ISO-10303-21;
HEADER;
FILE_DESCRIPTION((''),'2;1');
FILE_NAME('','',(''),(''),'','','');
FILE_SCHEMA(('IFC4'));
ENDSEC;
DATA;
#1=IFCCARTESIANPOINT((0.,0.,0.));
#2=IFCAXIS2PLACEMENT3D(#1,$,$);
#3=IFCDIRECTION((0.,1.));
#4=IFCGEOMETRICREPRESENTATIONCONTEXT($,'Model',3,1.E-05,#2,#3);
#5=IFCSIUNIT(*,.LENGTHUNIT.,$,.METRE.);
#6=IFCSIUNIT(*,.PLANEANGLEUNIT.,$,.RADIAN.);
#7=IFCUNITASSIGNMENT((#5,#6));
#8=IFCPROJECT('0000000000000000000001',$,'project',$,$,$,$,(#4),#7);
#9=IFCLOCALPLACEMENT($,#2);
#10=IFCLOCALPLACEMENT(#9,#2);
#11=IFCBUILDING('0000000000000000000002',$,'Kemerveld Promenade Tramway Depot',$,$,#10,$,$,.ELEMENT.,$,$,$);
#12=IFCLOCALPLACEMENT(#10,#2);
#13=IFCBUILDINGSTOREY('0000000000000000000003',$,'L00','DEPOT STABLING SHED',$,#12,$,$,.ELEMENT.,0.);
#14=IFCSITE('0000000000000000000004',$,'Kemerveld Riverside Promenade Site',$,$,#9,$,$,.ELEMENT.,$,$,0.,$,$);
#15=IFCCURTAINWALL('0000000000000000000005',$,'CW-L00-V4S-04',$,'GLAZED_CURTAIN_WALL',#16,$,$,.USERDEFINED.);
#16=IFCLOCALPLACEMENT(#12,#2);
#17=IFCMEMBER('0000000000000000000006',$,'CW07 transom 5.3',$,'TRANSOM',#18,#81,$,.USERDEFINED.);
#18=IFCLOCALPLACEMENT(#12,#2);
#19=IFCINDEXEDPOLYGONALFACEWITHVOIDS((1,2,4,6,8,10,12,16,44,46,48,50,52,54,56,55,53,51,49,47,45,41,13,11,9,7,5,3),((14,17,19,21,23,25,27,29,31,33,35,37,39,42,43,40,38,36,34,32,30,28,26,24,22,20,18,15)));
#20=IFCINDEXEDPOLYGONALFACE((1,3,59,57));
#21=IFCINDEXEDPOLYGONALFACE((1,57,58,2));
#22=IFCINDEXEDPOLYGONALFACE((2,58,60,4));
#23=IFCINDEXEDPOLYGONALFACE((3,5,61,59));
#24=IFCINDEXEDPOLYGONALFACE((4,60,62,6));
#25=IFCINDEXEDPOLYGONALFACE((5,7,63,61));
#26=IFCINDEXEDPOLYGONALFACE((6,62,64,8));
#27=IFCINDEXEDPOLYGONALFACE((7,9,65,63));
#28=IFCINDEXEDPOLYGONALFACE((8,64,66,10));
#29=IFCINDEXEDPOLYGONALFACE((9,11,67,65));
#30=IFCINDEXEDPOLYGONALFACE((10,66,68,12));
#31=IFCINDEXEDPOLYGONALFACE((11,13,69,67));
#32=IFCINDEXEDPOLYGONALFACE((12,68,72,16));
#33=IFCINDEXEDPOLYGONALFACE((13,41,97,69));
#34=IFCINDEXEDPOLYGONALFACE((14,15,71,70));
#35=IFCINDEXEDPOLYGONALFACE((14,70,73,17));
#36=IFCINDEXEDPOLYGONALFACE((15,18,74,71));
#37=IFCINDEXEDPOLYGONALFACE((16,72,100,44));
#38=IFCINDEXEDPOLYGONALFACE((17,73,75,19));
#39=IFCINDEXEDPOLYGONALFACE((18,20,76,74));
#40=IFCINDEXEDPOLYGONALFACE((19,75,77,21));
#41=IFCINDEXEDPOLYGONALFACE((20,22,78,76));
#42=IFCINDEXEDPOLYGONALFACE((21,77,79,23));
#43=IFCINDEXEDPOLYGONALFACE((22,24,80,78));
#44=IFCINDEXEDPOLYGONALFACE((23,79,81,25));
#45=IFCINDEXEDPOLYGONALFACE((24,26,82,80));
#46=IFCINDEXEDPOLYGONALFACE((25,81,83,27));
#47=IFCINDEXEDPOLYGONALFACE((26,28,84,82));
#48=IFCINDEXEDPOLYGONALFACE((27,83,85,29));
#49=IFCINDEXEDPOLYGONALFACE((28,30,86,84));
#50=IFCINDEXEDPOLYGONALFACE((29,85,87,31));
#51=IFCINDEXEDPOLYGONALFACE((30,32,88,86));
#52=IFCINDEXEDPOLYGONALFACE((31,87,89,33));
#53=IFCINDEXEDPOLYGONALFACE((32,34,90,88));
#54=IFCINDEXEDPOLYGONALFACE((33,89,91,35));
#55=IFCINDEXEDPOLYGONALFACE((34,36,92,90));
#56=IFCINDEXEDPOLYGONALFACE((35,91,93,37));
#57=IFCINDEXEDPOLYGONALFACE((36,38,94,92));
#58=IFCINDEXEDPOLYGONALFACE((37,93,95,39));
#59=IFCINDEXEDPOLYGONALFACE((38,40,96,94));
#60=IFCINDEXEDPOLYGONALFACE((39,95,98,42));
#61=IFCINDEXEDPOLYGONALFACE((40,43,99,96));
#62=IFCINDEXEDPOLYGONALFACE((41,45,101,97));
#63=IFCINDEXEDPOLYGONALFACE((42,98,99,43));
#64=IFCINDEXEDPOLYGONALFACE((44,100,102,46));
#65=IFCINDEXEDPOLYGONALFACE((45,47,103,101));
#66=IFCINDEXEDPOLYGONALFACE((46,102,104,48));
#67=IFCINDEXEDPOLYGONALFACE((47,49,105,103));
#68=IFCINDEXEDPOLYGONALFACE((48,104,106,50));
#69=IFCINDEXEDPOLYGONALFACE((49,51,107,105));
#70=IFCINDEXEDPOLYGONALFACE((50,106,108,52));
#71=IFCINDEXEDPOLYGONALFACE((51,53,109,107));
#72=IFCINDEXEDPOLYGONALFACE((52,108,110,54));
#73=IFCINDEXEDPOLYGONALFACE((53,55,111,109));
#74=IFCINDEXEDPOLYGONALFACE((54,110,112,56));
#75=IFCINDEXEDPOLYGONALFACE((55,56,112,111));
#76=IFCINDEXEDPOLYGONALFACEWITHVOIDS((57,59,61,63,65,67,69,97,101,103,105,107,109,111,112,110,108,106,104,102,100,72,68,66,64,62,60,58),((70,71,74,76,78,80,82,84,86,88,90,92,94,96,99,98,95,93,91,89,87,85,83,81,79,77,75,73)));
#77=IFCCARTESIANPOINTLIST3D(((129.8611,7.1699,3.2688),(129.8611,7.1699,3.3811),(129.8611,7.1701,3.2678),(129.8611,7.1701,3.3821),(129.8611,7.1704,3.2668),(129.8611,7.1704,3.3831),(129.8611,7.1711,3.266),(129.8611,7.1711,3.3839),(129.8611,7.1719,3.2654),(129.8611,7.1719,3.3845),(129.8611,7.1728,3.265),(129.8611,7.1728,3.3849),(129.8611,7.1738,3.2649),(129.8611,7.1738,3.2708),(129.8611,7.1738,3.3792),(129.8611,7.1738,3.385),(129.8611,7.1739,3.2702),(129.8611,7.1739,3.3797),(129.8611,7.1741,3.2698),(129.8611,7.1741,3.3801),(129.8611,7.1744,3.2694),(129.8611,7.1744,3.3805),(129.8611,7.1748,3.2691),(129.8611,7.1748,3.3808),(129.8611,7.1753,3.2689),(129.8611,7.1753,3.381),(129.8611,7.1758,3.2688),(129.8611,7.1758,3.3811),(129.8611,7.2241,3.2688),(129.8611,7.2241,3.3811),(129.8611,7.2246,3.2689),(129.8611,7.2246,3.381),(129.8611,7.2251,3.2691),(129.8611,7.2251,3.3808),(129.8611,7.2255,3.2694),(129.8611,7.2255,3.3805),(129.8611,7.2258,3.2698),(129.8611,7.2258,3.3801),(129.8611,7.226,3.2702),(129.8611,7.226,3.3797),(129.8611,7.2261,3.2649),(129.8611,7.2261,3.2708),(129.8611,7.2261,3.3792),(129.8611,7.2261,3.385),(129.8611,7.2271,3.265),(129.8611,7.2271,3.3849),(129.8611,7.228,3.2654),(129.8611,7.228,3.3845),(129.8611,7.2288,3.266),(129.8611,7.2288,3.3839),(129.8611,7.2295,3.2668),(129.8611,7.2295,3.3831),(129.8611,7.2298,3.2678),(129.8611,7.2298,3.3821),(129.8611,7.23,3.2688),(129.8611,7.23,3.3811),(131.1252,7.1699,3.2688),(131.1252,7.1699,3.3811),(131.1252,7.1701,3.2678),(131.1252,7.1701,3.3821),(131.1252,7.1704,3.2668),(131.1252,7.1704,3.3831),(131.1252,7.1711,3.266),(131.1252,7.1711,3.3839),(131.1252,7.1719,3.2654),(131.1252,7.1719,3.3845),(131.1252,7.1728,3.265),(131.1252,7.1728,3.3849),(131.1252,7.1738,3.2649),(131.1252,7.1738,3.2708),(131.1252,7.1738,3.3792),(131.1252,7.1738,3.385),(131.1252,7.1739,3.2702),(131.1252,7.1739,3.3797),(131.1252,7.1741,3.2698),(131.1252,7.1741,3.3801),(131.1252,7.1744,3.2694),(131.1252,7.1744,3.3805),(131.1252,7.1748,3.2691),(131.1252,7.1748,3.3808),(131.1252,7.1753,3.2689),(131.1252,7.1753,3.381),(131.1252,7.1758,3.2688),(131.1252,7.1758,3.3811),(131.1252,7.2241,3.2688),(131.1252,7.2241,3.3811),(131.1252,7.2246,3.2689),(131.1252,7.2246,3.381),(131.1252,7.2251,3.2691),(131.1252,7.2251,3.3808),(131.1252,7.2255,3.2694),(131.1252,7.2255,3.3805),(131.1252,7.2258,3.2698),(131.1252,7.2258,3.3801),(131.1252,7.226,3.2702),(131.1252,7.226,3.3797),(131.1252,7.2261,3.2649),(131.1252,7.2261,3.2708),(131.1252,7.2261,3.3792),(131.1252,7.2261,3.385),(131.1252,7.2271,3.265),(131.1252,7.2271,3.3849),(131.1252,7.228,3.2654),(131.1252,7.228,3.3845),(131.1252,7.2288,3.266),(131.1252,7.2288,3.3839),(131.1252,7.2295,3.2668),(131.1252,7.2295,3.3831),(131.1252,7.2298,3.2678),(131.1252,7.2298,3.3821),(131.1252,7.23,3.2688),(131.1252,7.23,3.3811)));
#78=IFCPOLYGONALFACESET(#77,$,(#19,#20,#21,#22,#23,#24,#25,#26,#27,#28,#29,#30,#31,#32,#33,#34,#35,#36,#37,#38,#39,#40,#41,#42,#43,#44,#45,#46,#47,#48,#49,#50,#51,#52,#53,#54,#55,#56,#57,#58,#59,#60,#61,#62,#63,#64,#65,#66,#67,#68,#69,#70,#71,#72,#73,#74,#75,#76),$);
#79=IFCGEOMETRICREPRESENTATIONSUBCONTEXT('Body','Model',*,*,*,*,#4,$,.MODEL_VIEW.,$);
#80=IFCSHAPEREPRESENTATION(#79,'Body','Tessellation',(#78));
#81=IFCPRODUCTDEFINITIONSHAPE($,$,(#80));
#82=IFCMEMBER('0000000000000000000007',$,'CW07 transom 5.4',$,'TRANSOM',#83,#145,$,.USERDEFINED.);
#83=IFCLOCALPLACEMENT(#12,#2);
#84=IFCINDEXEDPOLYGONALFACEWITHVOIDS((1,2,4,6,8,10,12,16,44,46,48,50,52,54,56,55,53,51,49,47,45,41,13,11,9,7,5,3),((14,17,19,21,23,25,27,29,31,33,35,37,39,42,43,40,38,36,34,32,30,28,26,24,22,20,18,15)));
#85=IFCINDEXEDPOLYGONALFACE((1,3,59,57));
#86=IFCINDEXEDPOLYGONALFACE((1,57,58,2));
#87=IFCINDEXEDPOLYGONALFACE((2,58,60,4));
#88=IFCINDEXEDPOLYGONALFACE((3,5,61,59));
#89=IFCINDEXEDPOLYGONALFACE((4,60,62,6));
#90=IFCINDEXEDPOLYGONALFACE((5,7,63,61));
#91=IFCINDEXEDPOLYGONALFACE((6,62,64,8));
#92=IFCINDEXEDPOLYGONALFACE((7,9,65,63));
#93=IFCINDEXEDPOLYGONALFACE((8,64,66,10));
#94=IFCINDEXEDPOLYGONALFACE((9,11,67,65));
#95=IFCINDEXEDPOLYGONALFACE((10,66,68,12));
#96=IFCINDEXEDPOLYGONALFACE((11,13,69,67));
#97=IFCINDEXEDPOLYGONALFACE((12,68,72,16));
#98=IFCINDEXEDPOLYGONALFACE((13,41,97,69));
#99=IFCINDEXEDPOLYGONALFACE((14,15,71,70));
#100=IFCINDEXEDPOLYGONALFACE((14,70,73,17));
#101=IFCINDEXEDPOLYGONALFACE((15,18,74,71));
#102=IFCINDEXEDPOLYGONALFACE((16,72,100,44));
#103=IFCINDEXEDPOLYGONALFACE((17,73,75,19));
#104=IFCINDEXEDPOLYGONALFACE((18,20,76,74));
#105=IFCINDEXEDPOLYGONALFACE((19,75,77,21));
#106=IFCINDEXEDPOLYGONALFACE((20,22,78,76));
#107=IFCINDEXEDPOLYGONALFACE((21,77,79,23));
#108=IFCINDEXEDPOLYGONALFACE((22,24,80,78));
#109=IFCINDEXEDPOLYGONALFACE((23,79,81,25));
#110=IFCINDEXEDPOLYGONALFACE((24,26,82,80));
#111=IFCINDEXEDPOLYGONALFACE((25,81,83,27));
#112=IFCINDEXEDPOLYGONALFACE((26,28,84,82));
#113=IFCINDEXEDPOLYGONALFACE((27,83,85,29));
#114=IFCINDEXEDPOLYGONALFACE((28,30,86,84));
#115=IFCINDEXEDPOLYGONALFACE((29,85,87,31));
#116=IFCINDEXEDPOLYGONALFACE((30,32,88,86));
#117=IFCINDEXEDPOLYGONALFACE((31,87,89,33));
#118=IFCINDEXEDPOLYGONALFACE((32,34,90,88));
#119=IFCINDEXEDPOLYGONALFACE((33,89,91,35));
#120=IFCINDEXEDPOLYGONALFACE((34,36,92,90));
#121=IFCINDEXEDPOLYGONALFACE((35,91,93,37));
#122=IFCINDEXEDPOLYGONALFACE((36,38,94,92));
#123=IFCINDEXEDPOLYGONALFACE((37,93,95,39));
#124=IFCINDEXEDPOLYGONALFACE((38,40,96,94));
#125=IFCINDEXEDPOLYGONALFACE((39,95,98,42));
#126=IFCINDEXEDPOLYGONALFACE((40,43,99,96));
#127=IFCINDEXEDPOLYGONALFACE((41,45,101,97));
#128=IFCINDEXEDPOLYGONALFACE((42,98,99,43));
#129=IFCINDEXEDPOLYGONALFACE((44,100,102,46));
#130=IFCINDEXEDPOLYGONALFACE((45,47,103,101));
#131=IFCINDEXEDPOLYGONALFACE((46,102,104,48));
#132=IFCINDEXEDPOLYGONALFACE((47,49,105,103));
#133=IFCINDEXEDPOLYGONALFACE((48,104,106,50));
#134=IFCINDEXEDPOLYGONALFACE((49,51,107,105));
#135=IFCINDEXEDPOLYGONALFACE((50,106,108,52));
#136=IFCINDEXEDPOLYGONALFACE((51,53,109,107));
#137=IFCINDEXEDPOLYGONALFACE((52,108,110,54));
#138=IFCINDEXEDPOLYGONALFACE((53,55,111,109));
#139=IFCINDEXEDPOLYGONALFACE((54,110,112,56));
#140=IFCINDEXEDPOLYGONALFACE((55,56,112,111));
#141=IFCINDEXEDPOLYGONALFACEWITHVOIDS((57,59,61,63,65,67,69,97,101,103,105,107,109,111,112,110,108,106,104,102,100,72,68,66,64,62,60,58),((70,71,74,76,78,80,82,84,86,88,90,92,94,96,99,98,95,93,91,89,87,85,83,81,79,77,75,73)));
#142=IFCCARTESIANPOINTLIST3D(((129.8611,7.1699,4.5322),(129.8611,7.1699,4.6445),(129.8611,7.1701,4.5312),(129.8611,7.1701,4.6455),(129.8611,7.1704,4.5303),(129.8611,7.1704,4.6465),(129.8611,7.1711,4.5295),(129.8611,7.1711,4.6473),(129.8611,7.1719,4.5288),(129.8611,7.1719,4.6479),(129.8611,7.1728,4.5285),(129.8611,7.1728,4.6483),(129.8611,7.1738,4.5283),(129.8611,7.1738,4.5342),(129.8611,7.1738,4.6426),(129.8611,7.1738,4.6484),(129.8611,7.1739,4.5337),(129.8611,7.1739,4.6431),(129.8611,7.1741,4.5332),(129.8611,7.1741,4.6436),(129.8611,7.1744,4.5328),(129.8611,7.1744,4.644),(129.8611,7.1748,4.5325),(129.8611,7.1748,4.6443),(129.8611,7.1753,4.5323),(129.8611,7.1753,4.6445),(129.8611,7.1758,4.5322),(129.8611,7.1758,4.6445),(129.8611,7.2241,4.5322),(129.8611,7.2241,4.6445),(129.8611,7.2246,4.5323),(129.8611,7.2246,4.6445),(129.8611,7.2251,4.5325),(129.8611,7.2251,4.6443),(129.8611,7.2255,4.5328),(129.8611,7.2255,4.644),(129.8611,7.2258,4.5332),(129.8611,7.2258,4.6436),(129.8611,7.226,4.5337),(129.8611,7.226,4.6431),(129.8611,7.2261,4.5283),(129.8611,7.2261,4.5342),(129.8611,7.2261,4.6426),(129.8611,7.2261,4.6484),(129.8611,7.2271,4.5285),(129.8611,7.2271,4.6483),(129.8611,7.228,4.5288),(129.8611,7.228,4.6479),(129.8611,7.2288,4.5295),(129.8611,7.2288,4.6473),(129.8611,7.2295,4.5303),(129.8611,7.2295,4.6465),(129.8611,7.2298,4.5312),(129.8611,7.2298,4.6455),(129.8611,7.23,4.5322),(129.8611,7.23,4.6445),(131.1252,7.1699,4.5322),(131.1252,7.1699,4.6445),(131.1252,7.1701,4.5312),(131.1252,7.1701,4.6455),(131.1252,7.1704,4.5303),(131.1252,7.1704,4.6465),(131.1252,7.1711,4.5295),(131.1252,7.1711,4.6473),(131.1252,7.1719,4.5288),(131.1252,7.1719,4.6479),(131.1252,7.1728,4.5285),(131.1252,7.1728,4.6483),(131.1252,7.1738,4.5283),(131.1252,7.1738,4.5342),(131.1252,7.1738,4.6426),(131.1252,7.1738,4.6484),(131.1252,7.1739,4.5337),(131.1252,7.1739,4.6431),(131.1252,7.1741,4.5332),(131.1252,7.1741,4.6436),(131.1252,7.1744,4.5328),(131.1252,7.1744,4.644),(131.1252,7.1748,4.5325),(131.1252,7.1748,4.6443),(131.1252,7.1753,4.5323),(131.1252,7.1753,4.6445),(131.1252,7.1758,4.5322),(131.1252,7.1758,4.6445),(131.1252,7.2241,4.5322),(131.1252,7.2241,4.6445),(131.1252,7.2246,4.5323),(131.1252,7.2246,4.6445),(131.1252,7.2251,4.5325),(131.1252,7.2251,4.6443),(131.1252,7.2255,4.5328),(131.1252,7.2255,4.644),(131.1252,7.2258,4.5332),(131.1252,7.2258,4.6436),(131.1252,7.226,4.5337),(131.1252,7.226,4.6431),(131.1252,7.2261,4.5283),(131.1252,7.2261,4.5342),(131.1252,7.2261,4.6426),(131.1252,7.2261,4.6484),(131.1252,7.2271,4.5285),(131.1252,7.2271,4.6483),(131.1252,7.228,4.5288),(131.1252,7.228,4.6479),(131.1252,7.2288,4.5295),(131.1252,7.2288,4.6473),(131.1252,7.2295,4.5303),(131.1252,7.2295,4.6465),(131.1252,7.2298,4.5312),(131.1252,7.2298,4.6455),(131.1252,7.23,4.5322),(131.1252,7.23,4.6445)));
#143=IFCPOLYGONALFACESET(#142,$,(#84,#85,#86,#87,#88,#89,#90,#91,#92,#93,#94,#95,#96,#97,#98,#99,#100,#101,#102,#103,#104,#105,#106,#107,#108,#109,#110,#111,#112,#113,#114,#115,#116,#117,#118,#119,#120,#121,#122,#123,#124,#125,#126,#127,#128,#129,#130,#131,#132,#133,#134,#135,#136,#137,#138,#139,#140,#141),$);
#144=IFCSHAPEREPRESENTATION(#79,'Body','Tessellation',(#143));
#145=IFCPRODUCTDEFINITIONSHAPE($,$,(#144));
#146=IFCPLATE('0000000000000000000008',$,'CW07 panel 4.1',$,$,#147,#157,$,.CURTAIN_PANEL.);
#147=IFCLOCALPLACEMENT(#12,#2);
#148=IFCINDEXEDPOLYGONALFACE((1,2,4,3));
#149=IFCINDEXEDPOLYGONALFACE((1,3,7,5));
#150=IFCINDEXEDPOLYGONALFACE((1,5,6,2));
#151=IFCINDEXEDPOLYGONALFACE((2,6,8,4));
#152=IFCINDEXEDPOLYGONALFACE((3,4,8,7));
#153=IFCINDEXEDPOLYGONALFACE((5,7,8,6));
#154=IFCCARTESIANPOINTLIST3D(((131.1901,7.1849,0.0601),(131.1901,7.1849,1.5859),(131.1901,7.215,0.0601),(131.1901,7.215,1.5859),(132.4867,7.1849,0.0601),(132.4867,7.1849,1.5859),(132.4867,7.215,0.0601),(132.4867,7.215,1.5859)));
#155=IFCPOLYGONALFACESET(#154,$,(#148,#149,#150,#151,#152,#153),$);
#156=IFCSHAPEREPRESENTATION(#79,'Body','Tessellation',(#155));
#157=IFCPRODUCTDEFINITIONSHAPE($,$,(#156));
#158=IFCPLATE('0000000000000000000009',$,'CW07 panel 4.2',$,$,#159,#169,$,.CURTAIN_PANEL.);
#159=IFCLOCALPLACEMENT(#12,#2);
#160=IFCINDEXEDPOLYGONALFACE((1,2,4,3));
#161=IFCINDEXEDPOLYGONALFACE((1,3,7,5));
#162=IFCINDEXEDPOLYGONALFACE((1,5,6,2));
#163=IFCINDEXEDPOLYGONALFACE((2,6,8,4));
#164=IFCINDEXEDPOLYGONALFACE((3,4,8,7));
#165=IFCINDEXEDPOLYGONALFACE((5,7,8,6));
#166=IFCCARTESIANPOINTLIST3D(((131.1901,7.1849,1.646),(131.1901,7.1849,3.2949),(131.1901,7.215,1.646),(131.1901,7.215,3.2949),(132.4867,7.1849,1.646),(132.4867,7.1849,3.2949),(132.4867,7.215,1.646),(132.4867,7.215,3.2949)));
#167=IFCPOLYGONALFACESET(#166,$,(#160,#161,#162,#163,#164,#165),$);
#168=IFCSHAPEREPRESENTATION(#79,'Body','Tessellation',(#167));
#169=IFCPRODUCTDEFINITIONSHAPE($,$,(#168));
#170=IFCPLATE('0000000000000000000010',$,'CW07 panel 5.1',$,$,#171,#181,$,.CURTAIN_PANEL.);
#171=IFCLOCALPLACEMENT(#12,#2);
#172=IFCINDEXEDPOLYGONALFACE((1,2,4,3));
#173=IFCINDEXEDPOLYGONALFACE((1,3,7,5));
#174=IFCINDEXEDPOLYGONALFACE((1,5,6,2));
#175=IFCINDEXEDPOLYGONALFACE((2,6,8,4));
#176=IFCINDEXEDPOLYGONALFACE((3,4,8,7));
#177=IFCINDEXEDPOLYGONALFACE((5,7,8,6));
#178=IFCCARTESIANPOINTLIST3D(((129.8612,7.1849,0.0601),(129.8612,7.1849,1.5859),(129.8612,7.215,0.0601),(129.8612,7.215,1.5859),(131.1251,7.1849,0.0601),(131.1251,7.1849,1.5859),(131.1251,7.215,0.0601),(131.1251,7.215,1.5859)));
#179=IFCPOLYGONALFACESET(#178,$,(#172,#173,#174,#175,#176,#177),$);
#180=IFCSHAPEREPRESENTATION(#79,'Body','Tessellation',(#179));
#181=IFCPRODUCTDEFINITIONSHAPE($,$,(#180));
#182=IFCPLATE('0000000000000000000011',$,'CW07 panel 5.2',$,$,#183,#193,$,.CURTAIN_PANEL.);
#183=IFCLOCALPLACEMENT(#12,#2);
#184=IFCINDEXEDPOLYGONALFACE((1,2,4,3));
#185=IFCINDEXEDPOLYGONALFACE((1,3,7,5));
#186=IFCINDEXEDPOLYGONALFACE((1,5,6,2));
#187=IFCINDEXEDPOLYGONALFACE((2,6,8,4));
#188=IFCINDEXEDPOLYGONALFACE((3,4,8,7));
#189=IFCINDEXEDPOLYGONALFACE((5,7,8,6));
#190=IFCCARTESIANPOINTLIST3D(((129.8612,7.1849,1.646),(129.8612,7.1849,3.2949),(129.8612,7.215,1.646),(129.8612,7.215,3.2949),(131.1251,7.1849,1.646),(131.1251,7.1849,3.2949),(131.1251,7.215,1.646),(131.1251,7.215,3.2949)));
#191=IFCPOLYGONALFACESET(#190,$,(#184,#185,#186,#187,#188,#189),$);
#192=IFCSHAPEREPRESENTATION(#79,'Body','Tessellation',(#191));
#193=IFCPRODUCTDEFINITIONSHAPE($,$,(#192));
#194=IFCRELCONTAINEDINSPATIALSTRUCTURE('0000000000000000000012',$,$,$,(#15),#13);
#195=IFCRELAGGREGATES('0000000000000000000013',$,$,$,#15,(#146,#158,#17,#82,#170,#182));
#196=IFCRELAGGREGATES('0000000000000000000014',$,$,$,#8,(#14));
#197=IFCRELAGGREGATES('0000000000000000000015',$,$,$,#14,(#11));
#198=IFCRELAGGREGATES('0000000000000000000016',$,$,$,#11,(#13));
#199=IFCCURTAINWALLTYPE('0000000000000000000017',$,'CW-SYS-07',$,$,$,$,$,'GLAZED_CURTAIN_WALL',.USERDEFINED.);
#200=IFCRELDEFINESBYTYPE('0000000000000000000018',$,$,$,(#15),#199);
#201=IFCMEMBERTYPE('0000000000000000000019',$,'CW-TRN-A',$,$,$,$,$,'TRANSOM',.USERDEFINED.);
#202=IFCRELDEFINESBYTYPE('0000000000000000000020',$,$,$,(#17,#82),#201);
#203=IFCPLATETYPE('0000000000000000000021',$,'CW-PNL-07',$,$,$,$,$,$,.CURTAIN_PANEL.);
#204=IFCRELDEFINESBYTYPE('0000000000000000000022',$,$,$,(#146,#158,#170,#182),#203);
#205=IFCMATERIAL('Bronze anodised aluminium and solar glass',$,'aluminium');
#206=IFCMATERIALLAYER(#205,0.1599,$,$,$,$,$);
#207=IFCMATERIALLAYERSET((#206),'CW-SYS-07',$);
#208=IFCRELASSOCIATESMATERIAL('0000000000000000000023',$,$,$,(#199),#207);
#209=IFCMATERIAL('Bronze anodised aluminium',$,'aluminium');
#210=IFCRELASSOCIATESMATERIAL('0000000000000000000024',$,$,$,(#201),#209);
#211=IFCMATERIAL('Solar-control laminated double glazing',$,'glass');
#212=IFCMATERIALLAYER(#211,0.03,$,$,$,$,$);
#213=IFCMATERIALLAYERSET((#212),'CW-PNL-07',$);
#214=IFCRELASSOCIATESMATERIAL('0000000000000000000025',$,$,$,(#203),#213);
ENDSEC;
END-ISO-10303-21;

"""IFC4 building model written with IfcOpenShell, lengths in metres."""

from ifc_helpers import new_model, si_unit, direction, frame, origin, origin_2d, place, context, subcontext, project, spatial, rectangle, hollow_rectangle, extrude, material, layer, layer_set, material_profile, profile_set, type_object, element, aggregate, save


model = new_model("IFC4")

# Units and contexts
model_context = context("Model", 3, precision=1e-05, world=origin(), true_north=direction((0.0, 1.0)))
body_context = subcontext(model_context, "Body", "Model", "MODEL_VIEW")
ifc_project = project(units=[si_unit("LENGTHUNIT", "METRE"), si_unit("PLANEANGLEUNIT", "RADIAN")], contexts=[model_context])

# Site, building, storey
site_placement = place(None, origin())
site = spatial("IfcSite", under=ifc_project, at=site_placement, Name="Kemerveld Riverside Promenade Site", CompositionType="ELEMENT", RefElevation=0.0)
building_placement = place(site_placement, origin())
building = spatial("IfcBuilding", under=site, at=building_placement, Name="Kemerveld Promenade Tramway Depot", CompositionType="ELEMENT")
storey_placement = place(building_placement, origin())
storey = spatial("IfcBuildingStorey", under=building, at=storey_placement, Name="L00", Description="DEPOT STABLING SHED", CompositionType="ELEMENT", Elevation=0.0)

# Curtain wall, members, plates
ifc_material_1 = material(Name="Bronze anodised aluminium and solar glass", Category="aluminium")
ifc_layer_1 = layer(ifc_material_1, 0.1599)
ifc_layer_set_1 = layer_set([ifc_layer_1], Name="CW-SYS-07")
curtain_wall_type = type_object("IfcCurtainWallType", Name="CW-SYS-07", ElementType="GLAZED_CURTAIN_WALL", PredefinedType="USERDEFINED", material=ifc_layer_set_1)
curtain_wall_placement = place(storey_placement, origin())
curtain_wall = element("IfcCurtainWall", 1, at=curtain_wall_placement, inside=storey, type_object=curtain_wall_type, Name="CW-L00-V4S-04", ObjectType="GLAZED_CURTAIN_WALL", PredefinedType="USERDEFINED")
ifc_material_2 = material(Name="Bronze anodised aluminium", Category="aluminium")
ifc_material_profile_1 = material_profile(ifc_material_2, hollow_rectangle(XDim=0.0601, YDim=0.1201, WallThickness=0.0039, InnerFilletRadius=0.002, OuterFilletRadius=0.0039, at=origin_2d()), Name="CW-TRN-120x60")
ifc_profile_set_1 = profile_set([ifc_material_profile_1], Name="Bronze anodised aluminium")
member_type_1 = type_object("IfcMemberType", Name="CW-TRN-A", ElementType="TRANSOM", PredefinedType="USERDEFINED", material=ifc_profile_set_1)
member_1_placement = place(storey_placement, frame((131.1252, 7.2, 3.325), z_axis=(-1.0, 0.0, 0.0), x_axis=(0.0, -1.0, 0.0)))
member_1 = element("IfcMember", 2, at=member_1_placement, type_object=member_type_1, Name="CW07 transom 5.3", ObjectType="TRANSOM", PredefinedType="USERDEFINED", context=body_context, shape_type="SweptSolid", body=[
    extrude(hollow_rectangle(XDim=0.0601, YDim=0.1201, WallThickness=0.0039, InnerFilletRadius=0.002, OuterFilletRadius=0.0039, at=origin_2d()), origin(), (0.0, 0.0, 1.0), 1.2642),
])
member_2_placement = place(storey_placement, frame((131.1252, 7.2, 4.5884), z_axis=(-1.0, 0.0, 0.0), x_axis=(0.0, -1.0, 0.0)))
member_2 = element("IfcMember", 3, at=member_2_placement, type_object=member_type_1, Name="CW07 transom 5.4", ObjectType="TRANSOM", PredefinedType="USERDEFINED", context=body_context, shape_type="SweptSolid", body=[
    extrude(hollow_rectangle(XDim=0.0601, YDim=0.1201, WallThickness=0.0039, InnerFilletRadius=0.002, OuterFilletRadius=0.0039, at=origin_2d()), origin(), (0.0, 0.0, 1.0), 1.2642),
])
ifc_material_3 = material(Name="Solar-control laminated double glazing", Category="glass")
ifc_layer_2 = layer(ifc_material_3, 0.03)
ifc_layer_set_2 = layer_set([ifc_layer_2], Name="CW-PNL-07")
plate_type_1 = type_object("IfcPlateType", Name="CW-PNL-07", PredefinedType="CURTAIN_PANEL", material=ifc_layer_set_2)
plate_1_placement = place(storey_placement, frame((131.8384, 7.2, 0.0601), z_axis=(0.0, 0.0, 1.0), x_axis=(-1.0, 0.0, 0.0)))
plate_1 = element("IfcPlate", 4, at=plate_1_placement, type_object=plate_type_1, Name="CW07 panel 4.1", PredefinedType="CURTAIN_PANEL", context=body_context, shape_type="SweptSolid", body=[
    extrude(rectangle(XDim=1.2966, YDim=0.03, at=origin_2d()), origin(), (0.0, 0.0, 1.0), 1.5259),
])
plate_2_placement = place(storey_placement, frame((131.8384, 7.2, 1.646), z_axis=(0.0, 0.0, 1.0), x_axis=(-1.0, 0.0, 0.0)))
plate_2 = element("IfcPlate", 5, at=plate_2_placement, type_object=plate_type_1, Name="CW07 panel 4.2", PredefinedType="CURTAIN_PANEL", context=body_context, shape_type="SweptSolid", body=[
    extrude(rectangle(XDim=1.2966, YDim=0.03, at=origin_2d()), origin(), (0.0, 0.0, 1.0), 1.6489),
])
plate_3_placement = place(storey_placement, frame((130.4932, 7.2, 0.0601), z_axis=(0.0, 0.0, 1.0), x_axis=(-1.0, 0.0, 0.0)))
plate_3 = element("IfcPlate", 6, at=plate_3_placement, type_object=plate_type_1, Name="CW07 panel 5.1", PredefinedType="CURTAIN_PANEL", context=body_context, shape_type="SweptSolid", body=[
    extrude(rectangle(XDim=1.2639, YDim=0.03, at=origin_2d()), origin(), (0.0, 0.0, 1.0), 1.5259),
])
plate_4_placement = place(storey_placement, frame((130.4932, 7.2, 1.646), z_axis=(0.0, 0.0, 1.0), x_axis=(-1.0, 0.0, 0.0)))
plate_4 = element("IfcPlate", 7, at=plate_4_placement, type_object=plate_type_1, Name="CW07 panel 5.2", PredefinedType="CURTAIN_PANEL", context=body_context, shape_type="SweptSolid", body=[
    extrude(rectangle(XDim=1.2639, YDim=0.03, at=origin_2d()), origin(), (0.0, 0.0, 1.0), 1.6489),
])
aggregate(curtain_wall, [plate_1, plate_2, member_1, member_2, plate_3, plate_4])

save(model, "model.ifc")
